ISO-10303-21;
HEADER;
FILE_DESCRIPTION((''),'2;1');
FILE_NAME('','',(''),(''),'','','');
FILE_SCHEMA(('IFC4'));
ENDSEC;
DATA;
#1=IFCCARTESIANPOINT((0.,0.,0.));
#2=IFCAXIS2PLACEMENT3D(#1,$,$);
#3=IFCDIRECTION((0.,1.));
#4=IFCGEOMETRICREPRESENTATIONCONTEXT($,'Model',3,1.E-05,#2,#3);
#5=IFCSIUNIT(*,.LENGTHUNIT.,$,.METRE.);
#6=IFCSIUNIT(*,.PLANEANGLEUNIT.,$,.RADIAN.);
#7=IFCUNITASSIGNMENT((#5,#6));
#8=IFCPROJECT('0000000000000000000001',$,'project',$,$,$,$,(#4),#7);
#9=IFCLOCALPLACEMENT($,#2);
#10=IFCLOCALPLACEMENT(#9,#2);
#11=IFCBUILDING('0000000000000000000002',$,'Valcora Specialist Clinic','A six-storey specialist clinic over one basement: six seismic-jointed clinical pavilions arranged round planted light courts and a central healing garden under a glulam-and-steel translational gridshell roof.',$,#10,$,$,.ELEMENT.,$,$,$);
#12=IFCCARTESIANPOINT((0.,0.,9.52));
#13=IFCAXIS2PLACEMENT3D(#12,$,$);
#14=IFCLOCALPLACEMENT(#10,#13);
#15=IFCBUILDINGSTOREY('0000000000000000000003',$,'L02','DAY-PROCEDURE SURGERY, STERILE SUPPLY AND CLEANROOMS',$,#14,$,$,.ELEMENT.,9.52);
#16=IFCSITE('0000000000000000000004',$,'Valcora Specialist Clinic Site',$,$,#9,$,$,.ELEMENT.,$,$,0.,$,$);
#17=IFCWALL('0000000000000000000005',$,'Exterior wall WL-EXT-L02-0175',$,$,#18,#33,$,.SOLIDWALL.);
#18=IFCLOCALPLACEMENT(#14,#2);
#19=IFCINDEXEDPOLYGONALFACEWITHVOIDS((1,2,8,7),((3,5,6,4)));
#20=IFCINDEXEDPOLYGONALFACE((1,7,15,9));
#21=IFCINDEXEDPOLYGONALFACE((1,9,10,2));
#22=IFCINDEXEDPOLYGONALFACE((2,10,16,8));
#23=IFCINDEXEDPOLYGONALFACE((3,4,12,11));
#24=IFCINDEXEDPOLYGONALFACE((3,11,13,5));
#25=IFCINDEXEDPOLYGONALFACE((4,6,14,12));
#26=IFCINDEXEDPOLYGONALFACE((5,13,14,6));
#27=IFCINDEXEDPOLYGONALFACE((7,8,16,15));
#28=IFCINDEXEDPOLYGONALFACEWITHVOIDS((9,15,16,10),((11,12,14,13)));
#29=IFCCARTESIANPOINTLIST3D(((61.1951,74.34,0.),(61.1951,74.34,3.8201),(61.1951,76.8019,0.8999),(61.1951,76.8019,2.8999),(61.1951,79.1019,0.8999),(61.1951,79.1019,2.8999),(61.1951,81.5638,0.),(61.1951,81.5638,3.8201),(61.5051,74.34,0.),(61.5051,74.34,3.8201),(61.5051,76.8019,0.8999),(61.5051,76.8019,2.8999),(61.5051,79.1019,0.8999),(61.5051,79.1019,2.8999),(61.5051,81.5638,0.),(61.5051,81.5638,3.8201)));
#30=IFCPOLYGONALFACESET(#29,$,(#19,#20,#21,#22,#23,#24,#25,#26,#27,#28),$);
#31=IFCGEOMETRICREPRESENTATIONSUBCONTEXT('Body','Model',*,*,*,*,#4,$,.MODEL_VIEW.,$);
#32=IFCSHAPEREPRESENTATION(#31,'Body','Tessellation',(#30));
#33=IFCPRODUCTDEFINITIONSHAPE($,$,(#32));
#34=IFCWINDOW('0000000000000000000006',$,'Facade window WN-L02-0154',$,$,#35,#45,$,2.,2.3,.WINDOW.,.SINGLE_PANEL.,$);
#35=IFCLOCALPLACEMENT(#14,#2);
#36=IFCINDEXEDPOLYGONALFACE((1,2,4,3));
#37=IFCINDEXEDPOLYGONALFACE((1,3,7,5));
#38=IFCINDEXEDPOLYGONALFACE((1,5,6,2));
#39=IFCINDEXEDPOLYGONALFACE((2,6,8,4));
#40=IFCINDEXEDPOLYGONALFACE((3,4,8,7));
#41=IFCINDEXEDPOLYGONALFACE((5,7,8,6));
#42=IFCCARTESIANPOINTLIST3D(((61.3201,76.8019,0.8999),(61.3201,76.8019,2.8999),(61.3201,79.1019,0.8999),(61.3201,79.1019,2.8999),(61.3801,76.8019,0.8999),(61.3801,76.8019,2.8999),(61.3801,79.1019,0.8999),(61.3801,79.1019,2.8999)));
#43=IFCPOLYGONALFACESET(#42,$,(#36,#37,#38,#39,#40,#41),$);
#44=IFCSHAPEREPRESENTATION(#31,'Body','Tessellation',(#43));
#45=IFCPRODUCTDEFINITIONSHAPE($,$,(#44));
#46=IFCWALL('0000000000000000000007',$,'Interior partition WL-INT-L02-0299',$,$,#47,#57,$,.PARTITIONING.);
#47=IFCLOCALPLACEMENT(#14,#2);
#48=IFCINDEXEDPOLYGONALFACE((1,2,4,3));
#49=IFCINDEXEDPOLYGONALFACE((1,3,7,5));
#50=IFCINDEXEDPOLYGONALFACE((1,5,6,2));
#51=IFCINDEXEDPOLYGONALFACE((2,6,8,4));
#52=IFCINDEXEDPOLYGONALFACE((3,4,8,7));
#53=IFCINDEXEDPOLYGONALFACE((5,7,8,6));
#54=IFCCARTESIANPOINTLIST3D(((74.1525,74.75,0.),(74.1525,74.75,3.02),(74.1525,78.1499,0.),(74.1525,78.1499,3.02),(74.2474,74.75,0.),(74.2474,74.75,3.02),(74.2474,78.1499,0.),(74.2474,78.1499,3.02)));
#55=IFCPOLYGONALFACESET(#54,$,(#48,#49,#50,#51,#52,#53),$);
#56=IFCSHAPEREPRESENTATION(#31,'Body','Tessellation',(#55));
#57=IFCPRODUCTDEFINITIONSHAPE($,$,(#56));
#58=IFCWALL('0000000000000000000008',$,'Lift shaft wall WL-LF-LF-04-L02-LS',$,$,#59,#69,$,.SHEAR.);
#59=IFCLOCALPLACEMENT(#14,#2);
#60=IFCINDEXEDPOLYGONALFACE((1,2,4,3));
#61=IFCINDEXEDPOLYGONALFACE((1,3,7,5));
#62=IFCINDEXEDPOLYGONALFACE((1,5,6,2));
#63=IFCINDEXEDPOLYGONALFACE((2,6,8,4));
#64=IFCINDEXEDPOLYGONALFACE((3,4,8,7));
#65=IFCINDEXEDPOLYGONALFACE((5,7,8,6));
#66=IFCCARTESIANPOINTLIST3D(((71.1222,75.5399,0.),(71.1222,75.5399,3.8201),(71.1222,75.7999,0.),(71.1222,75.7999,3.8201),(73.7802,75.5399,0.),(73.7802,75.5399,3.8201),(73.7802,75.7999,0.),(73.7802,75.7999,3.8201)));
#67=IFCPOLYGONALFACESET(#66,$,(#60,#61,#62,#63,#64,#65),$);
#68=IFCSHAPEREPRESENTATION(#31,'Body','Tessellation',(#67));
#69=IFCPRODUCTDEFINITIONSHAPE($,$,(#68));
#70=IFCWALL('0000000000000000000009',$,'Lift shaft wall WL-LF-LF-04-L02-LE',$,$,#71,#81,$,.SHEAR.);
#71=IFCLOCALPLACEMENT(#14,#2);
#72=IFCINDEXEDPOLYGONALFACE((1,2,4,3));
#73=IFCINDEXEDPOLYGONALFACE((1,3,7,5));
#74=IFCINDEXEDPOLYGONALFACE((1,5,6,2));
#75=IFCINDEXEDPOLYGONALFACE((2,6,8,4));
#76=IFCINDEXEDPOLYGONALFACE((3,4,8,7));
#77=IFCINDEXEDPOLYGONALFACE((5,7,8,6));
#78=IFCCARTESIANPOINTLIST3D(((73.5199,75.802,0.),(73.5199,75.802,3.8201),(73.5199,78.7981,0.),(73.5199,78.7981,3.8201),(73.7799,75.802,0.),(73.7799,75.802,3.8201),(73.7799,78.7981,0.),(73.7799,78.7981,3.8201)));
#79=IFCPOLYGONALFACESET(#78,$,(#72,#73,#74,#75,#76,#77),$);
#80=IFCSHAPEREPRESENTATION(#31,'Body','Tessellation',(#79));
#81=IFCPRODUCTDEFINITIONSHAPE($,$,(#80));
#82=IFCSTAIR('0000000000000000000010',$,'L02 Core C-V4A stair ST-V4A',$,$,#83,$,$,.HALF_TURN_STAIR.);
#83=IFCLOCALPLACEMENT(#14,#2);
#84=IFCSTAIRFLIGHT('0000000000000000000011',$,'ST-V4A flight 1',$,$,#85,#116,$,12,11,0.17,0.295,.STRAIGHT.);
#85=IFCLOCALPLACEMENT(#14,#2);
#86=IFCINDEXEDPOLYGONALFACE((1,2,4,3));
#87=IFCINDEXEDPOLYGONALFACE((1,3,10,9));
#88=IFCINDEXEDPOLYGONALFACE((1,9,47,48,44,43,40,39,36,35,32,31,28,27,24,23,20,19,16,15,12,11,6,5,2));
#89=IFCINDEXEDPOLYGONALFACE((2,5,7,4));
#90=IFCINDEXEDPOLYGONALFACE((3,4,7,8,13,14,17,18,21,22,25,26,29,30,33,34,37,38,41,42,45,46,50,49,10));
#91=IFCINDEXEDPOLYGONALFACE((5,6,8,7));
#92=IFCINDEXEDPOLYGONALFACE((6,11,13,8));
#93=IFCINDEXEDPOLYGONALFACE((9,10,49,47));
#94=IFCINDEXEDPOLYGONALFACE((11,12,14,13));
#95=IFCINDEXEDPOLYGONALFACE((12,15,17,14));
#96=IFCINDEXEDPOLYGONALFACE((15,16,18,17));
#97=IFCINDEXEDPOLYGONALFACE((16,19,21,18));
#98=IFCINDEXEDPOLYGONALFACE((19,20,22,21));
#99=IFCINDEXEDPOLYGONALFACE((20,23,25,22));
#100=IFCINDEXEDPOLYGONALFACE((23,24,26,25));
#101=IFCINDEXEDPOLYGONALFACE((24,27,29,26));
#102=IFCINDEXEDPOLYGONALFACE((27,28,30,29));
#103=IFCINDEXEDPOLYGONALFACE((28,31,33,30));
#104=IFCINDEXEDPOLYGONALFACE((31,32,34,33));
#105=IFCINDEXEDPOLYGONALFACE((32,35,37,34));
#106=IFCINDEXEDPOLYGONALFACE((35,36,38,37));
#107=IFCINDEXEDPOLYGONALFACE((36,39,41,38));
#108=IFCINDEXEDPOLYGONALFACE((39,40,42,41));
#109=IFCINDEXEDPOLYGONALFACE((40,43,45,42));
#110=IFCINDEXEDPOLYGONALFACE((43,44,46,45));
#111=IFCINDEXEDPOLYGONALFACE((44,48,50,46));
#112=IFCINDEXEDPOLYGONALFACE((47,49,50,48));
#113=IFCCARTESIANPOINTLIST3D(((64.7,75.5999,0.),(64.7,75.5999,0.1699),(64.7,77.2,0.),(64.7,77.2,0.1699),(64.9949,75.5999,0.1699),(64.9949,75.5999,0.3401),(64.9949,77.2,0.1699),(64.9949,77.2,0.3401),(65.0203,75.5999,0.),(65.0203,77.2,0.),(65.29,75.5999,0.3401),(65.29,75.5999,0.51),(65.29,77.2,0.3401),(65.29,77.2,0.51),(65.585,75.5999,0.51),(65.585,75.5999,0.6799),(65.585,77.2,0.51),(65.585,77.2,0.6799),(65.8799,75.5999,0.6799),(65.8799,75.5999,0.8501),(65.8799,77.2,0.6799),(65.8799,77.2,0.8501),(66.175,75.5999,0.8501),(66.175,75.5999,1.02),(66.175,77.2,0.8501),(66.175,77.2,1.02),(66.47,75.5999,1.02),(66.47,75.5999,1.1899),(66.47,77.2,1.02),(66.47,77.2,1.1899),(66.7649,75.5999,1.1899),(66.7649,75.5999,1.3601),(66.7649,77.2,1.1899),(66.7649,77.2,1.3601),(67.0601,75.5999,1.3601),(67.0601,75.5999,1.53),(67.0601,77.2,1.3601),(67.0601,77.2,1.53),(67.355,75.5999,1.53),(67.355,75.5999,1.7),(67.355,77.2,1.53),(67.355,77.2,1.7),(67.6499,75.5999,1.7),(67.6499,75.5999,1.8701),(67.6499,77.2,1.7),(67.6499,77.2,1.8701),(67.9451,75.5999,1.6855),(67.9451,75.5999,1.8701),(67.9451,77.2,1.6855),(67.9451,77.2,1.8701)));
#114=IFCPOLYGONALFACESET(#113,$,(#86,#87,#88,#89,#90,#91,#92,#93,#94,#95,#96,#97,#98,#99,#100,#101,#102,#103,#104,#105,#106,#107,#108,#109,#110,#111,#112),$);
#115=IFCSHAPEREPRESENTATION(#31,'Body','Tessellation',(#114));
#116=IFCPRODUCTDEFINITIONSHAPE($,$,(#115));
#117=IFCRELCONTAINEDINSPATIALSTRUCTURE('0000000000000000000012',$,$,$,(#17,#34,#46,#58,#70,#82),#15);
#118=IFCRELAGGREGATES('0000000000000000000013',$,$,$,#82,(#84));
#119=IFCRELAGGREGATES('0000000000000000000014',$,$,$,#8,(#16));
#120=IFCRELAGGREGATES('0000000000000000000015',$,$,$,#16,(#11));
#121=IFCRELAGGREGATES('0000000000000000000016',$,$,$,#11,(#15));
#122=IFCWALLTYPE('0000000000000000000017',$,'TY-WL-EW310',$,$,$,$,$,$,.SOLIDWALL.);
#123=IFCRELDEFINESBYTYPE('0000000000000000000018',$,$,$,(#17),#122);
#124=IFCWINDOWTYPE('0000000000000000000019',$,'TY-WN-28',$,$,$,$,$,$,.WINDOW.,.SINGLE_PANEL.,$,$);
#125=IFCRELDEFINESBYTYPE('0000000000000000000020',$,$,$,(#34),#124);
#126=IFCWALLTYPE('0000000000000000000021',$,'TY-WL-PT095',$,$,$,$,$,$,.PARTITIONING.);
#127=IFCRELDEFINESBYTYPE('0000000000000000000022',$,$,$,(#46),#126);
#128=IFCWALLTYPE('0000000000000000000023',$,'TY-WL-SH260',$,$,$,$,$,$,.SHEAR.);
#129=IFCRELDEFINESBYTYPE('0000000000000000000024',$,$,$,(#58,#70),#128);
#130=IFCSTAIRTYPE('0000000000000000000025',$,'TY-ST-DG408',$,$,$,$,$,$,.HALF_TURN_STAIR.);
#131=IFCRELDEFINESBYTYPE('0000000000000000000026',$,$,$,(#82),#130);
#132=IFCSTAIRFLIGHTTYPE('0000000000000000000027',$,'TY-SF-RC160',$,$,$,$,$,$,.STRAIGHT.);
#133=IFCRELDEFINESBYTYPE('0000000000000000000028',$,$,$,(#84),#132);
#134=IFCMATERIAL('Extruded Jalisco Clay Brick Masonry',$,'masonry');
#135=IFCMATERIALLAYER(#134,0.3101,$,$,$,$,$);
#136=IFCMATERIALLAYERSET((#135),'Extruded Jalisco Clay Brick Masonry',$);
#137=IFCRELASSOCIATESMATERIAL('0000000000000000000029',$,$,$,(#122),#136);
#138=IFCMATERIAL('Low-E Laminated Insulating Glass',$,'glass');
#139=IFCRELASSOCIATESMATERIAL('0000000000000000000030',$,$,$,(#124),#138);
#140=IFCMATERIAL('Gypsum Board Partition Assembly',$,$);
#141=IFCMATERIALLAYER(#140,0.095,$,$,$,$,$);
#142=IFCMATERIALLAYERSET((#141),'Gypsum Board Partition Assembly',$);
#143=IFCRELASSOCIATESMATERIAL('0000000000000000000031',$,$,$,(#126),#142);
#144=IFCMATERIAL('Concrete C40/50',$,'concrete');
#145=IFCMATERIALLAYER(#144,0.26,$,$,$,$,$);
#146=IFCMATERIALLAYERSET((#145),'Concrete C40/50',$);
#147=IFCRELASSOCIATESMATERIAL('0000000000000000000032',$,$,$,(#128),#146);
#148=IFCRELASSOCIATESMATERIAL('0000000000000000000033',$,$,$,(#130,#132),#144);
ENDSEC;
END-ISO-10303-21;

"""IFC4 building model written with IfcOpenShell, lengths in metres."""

from ifc_helpers import new_model, si_unit, direction, frame, frame_2d, origin, place, context, subcontext, project, spatial, polyline, rectangle, outline, extrude, material, layer, layer_set, type_object, element, fill, aggregate, save


model = new_model("IFC4")

# Units and contexts
model_context = context("Model", 3, precision=1e-05, world=origin(), true_north=direction((0.0, 1.0)))
body_context = subcontext(model_context, "Body", "Model", "MODEL_VIEW")
ifc_project = project(units=[si_unit("LENGTHUNIT", "METRE"), si_unit("PLANEANGLEUNIT", "RADIAN")], contexts=[model_context])

# Site, building, storey
site_placement = place(None, origin())
site = spatial("IfcSite", under=ifc_project, at=site_placement, Name="Valcora Specialist Clinic Site", CompositionType="ELEMENT", RefElevation=0.0)
building_placement = place(site_placement, origin())
building = spatial("IfcBuilding", under=site, at=building_placement, Name="Valcora Specialist Clinic", Description="A six-storey specialist clinic over one basement: six seismic-jointed clinical pavilions arranged round planted light courts and a central healing garden under a glulam-and-steel translational gridshell roof.", CompositionType="ELEMENT")
storey_placement = place(building_placement, frame((0.0, 0.0, 9.52)))
storey = spatial("IfcBuildingStorey", under=building, at=storey_placement, Name="L02", Description="DAY-PROCEDURE SURGERY, STERILE SUPPLY AND CLEANROOMS", CompositionType="ELEMENT", Elevation=9.52)

# Shared definitions
ifc_material_1 = material(Name="Concrete C40/50", Category="concrete")

# Shared definitions
ifc_material_2 = material(Name="Low-E Laminated Insulating Glass", Category="glass")

# Wall, opening, window
ifc_material_3 = material(Name="Extruded Jalisco Clay Brick Masonry", Category="masonry")
ifc_layer_1 = layer(ifc_material_3, 0.3101)
ifc_layer_set_1 = layer_set([ifc_layer_1], Name="Extruded Jalisco Clay Brick Masonry")
wall_type_1 = type_object("IfcWallType", Name="TY-WL-EW310", PredefinedType="SOLIDWALL", material=ifc_layer_set_1)
wall_1_placement = place(storey_placement, frame((61.3501, 74.3401, 0.0), z_axis=(0.0, 0.0, 1.0), x_axis=(0.0, 1.0, 0.0)))
wall_1 = element("IfcWall", 1, at=wall_1_placement, inside=storey, type_object=wall_type_1, Name="Exterior wall WL-EXT-L02-0175", PredefinedType="SOLIDWALL", context=body_context, shape_type="SweptSolid", body=[
    extrude(rectangle(XDim=7.2239, YDim=0.3101, at=frame_2d((3.6118, 0.0))), origin(), (0.0, 0.0, 1.0), 3.8201),
])
opening_1_placement = place(wall_1_placement, frame((2.4619, 0.0, 0.8999)))
opening_1 = element("IfcOpeningElement", 2, at=opening_1_placement, cuts=wall_1, PredefinedType="OPENING", context=body_context, shape_type="SweptSolid", body=[
    extrude(rectangle(XDim=2.3, YDim=2.0, at=frame_2d((1.1499, 1.0))), frame((0.0, 0.165, 0.0), z_axis=(0.0, -1.0, 0.0), x_axis=(1.0, 0.0, 0.0)), (0.0, 0.0, 1.0), 0.3301),
])
window_type_1 = type_object("IfcWindowType", Name="TY-WN-28", PartitioningType="SINGLE_PANEL", PredefinedType="WINDOW", material=ifc_material_2)
window_1_placement = place(opening_1_placement, origin())
window_1 = element("IfcWindow", 3, at=window_1_placement, inside=storey, type_object=window_type_1, Name="Facade window WN-L02-0154", OverallHeight=2.0, OverallWidth=2.3, PartitioningType="SINGLE_PANEL", PredefinedType="WINDOW", context=body_context, shape_type="SweptSolid", body=[
    extrude(rectangle(XDim=2.3, YDim=2.0, at=frame_2d((1.1499, 1.0))), frame((0.0, 0.03, 0.0), z_axis=(0.0, -1.0, 0.0), x_axis=(1.0, 0.0, 0.0)), (0.0, 0.0, 1.0), 0.0601),
])
fill(opening_1, window_1)

# Walls
ifc_material_4 = material(Name="Gypsum Board Partition Assembly")
ifc_layer_2 = layer(ifc_material_4, 0.095)
ifc_layer_set_2 = layer_set([ifc_layer_2], Name="Gypsum Board Partition Assembly")
wall_type_2 = type_object("IfcWallType", Name="TY-WL-PT095", PredefinedType="PARTITIONING", material=ifc_layer_set_2)
wall_2_placement = place(storey_placement, frame((74.2, 74.75, 0.0), z_axis=(0.0, 0.0, 1.0), x_axis=(0.0, 1.0, 0.0)))
element("IfcWall", 4, at=wall_2_placement, inside=storey, type_object=wall_type_2, Name="Interior partition WL-INT-L02-0299", PredefinedType="PARTITIONING", context=body_context, shape_type="SweptSolid", body=[
    extrude(rectangle(XDim=3.3999, YDim=0.095, at=frame_2d((1.7, 0.0))), origin(), (0.0, 0.0, 1.0), 3.02),
])
ifc_layer_3 = layer(ifc_material_1, 0.26)
ifc_layer_set_3 = layer_set([ifc_layer_3], Name="Concrete C40/50")
wall_type_3 = type_object("IfcWallType", Name="TY-WL-SH260", PredefinedType="SHEAR", material=ifc_layer_set_3)
wall_3_placement = place(storey_placement, frame((71.1221, 75.6699, 0.0), z_axis=(0.0, 0.0, 1.0), x_axis=(1.0, 0.0, 0.0)))
element("IfcWall", 5, at=wall_3_placement, inside=storey, type_object=wall_type_3, Name="Lift shaft wall WL-LF-LF-04-L02-LS", PredefinedType="SHEAR", context=body_context, shape_type="SweptSolid", body=[
    extrude(rectangle(XDim=2.658, YDim=0.26, at=frame_2d((1.3291, 0.0))), origin(), (0.0, 0.0, 1.0), 3.8201),
])
wall_4_placement = place(storey_placement, frame((73.6499, 75.802, 0.0), z_axis=(0.0, 0.0, 1.0), x_axis=(0.0, 1.0, 0.0)))
element("IfcWall", 6, at=wall_4_placement, inside=storey, type_object=wall_type_3, Name="Lift shaft wall WL-LF-LF-04-L02-LE", PredefinedType="SHEAR", context=body_context, shape_type="SweptSolid", body=[
    extrude(rectangle(XDim=2.9961, YDim=0.26, at=frame_2d((1.498, 0.0))), origin(), (0.0, 0.0, 1.0), 3.8201),
])

# Stair, stair flight
stair_type = type_object("IfcStairType", Name="TY-ST-DG408", PredefinedType="HALF_TURN_STAIR", material=ifc_material_1)
stair_placement = place(storey_placement, origin())
stair = element("IfcStair", 7, at=stair_placement, inside=storey, type_object=stair_type, Name="L02 Core C-V4A stair ST-V4A", PredefinedType="HALF_TURN_STAIR")
stair_flight_type = type_object("IfcStairFlightType", Name="TY-SF-RC160", PredefinedType="STRAIGHT", material=ifc_material_1)
stair_flight_placement = place(storey_placement, frame((64.7, 76.3999, 0.0), z_axis=(0.0, 0.0, 1.0), x_axis=(1.0, 0.0, 0.0)))
stair_flight = element("IfcStairFlight", 8, at=stair_flight_placement, type_object=stair_flight_type, Name="ST-V4A flight 1", NumberOfRisers=12, NumberOfTreads=11, PredefinedType="STRAIGHT", RiserHeight=0.17, TreadLength=0.295, context=body_context, shape_type="SweptSolid", body=[
    extrude(outline(polyline([(0.0, 0.0), (0.0, 0.1699), (0.2949, 0.1699), (0.2949, 0.3401), (0.5901, 0.3401), (0.5901, 0.51), (0.885, 0.51), (0.885, 0.6799), (1.1799, 0.6799), (1.1799, 0.8501), (1.4751, 0.8501), (1.4751, 1.02), (1.77, 1.02), (1.77, 1.1899), (2.0649, 1.1899), (2.0649, 1.3601), (2.3601, 1.3601), (2.3601, 1.53), (2.655, 1.53), (2.655, 1.7), (2.95, 1.7), (2.95, 1.8701), (3.2451, 1.8701), (3.2451, 2.04), (3.2451, 1.6855), (0.3203, 0.0), (0.0, 0.0)])), frame((0.0, 0.8, 0.0), z_axis=(0.0, -1.0, 0.0), x_axis=(1.0, 0.0, 0.0)), (0.0, 0.0, 1.0), 1.6001),
])
aggregate(stair, [stair_flight])

save(model, "model.ifc")
